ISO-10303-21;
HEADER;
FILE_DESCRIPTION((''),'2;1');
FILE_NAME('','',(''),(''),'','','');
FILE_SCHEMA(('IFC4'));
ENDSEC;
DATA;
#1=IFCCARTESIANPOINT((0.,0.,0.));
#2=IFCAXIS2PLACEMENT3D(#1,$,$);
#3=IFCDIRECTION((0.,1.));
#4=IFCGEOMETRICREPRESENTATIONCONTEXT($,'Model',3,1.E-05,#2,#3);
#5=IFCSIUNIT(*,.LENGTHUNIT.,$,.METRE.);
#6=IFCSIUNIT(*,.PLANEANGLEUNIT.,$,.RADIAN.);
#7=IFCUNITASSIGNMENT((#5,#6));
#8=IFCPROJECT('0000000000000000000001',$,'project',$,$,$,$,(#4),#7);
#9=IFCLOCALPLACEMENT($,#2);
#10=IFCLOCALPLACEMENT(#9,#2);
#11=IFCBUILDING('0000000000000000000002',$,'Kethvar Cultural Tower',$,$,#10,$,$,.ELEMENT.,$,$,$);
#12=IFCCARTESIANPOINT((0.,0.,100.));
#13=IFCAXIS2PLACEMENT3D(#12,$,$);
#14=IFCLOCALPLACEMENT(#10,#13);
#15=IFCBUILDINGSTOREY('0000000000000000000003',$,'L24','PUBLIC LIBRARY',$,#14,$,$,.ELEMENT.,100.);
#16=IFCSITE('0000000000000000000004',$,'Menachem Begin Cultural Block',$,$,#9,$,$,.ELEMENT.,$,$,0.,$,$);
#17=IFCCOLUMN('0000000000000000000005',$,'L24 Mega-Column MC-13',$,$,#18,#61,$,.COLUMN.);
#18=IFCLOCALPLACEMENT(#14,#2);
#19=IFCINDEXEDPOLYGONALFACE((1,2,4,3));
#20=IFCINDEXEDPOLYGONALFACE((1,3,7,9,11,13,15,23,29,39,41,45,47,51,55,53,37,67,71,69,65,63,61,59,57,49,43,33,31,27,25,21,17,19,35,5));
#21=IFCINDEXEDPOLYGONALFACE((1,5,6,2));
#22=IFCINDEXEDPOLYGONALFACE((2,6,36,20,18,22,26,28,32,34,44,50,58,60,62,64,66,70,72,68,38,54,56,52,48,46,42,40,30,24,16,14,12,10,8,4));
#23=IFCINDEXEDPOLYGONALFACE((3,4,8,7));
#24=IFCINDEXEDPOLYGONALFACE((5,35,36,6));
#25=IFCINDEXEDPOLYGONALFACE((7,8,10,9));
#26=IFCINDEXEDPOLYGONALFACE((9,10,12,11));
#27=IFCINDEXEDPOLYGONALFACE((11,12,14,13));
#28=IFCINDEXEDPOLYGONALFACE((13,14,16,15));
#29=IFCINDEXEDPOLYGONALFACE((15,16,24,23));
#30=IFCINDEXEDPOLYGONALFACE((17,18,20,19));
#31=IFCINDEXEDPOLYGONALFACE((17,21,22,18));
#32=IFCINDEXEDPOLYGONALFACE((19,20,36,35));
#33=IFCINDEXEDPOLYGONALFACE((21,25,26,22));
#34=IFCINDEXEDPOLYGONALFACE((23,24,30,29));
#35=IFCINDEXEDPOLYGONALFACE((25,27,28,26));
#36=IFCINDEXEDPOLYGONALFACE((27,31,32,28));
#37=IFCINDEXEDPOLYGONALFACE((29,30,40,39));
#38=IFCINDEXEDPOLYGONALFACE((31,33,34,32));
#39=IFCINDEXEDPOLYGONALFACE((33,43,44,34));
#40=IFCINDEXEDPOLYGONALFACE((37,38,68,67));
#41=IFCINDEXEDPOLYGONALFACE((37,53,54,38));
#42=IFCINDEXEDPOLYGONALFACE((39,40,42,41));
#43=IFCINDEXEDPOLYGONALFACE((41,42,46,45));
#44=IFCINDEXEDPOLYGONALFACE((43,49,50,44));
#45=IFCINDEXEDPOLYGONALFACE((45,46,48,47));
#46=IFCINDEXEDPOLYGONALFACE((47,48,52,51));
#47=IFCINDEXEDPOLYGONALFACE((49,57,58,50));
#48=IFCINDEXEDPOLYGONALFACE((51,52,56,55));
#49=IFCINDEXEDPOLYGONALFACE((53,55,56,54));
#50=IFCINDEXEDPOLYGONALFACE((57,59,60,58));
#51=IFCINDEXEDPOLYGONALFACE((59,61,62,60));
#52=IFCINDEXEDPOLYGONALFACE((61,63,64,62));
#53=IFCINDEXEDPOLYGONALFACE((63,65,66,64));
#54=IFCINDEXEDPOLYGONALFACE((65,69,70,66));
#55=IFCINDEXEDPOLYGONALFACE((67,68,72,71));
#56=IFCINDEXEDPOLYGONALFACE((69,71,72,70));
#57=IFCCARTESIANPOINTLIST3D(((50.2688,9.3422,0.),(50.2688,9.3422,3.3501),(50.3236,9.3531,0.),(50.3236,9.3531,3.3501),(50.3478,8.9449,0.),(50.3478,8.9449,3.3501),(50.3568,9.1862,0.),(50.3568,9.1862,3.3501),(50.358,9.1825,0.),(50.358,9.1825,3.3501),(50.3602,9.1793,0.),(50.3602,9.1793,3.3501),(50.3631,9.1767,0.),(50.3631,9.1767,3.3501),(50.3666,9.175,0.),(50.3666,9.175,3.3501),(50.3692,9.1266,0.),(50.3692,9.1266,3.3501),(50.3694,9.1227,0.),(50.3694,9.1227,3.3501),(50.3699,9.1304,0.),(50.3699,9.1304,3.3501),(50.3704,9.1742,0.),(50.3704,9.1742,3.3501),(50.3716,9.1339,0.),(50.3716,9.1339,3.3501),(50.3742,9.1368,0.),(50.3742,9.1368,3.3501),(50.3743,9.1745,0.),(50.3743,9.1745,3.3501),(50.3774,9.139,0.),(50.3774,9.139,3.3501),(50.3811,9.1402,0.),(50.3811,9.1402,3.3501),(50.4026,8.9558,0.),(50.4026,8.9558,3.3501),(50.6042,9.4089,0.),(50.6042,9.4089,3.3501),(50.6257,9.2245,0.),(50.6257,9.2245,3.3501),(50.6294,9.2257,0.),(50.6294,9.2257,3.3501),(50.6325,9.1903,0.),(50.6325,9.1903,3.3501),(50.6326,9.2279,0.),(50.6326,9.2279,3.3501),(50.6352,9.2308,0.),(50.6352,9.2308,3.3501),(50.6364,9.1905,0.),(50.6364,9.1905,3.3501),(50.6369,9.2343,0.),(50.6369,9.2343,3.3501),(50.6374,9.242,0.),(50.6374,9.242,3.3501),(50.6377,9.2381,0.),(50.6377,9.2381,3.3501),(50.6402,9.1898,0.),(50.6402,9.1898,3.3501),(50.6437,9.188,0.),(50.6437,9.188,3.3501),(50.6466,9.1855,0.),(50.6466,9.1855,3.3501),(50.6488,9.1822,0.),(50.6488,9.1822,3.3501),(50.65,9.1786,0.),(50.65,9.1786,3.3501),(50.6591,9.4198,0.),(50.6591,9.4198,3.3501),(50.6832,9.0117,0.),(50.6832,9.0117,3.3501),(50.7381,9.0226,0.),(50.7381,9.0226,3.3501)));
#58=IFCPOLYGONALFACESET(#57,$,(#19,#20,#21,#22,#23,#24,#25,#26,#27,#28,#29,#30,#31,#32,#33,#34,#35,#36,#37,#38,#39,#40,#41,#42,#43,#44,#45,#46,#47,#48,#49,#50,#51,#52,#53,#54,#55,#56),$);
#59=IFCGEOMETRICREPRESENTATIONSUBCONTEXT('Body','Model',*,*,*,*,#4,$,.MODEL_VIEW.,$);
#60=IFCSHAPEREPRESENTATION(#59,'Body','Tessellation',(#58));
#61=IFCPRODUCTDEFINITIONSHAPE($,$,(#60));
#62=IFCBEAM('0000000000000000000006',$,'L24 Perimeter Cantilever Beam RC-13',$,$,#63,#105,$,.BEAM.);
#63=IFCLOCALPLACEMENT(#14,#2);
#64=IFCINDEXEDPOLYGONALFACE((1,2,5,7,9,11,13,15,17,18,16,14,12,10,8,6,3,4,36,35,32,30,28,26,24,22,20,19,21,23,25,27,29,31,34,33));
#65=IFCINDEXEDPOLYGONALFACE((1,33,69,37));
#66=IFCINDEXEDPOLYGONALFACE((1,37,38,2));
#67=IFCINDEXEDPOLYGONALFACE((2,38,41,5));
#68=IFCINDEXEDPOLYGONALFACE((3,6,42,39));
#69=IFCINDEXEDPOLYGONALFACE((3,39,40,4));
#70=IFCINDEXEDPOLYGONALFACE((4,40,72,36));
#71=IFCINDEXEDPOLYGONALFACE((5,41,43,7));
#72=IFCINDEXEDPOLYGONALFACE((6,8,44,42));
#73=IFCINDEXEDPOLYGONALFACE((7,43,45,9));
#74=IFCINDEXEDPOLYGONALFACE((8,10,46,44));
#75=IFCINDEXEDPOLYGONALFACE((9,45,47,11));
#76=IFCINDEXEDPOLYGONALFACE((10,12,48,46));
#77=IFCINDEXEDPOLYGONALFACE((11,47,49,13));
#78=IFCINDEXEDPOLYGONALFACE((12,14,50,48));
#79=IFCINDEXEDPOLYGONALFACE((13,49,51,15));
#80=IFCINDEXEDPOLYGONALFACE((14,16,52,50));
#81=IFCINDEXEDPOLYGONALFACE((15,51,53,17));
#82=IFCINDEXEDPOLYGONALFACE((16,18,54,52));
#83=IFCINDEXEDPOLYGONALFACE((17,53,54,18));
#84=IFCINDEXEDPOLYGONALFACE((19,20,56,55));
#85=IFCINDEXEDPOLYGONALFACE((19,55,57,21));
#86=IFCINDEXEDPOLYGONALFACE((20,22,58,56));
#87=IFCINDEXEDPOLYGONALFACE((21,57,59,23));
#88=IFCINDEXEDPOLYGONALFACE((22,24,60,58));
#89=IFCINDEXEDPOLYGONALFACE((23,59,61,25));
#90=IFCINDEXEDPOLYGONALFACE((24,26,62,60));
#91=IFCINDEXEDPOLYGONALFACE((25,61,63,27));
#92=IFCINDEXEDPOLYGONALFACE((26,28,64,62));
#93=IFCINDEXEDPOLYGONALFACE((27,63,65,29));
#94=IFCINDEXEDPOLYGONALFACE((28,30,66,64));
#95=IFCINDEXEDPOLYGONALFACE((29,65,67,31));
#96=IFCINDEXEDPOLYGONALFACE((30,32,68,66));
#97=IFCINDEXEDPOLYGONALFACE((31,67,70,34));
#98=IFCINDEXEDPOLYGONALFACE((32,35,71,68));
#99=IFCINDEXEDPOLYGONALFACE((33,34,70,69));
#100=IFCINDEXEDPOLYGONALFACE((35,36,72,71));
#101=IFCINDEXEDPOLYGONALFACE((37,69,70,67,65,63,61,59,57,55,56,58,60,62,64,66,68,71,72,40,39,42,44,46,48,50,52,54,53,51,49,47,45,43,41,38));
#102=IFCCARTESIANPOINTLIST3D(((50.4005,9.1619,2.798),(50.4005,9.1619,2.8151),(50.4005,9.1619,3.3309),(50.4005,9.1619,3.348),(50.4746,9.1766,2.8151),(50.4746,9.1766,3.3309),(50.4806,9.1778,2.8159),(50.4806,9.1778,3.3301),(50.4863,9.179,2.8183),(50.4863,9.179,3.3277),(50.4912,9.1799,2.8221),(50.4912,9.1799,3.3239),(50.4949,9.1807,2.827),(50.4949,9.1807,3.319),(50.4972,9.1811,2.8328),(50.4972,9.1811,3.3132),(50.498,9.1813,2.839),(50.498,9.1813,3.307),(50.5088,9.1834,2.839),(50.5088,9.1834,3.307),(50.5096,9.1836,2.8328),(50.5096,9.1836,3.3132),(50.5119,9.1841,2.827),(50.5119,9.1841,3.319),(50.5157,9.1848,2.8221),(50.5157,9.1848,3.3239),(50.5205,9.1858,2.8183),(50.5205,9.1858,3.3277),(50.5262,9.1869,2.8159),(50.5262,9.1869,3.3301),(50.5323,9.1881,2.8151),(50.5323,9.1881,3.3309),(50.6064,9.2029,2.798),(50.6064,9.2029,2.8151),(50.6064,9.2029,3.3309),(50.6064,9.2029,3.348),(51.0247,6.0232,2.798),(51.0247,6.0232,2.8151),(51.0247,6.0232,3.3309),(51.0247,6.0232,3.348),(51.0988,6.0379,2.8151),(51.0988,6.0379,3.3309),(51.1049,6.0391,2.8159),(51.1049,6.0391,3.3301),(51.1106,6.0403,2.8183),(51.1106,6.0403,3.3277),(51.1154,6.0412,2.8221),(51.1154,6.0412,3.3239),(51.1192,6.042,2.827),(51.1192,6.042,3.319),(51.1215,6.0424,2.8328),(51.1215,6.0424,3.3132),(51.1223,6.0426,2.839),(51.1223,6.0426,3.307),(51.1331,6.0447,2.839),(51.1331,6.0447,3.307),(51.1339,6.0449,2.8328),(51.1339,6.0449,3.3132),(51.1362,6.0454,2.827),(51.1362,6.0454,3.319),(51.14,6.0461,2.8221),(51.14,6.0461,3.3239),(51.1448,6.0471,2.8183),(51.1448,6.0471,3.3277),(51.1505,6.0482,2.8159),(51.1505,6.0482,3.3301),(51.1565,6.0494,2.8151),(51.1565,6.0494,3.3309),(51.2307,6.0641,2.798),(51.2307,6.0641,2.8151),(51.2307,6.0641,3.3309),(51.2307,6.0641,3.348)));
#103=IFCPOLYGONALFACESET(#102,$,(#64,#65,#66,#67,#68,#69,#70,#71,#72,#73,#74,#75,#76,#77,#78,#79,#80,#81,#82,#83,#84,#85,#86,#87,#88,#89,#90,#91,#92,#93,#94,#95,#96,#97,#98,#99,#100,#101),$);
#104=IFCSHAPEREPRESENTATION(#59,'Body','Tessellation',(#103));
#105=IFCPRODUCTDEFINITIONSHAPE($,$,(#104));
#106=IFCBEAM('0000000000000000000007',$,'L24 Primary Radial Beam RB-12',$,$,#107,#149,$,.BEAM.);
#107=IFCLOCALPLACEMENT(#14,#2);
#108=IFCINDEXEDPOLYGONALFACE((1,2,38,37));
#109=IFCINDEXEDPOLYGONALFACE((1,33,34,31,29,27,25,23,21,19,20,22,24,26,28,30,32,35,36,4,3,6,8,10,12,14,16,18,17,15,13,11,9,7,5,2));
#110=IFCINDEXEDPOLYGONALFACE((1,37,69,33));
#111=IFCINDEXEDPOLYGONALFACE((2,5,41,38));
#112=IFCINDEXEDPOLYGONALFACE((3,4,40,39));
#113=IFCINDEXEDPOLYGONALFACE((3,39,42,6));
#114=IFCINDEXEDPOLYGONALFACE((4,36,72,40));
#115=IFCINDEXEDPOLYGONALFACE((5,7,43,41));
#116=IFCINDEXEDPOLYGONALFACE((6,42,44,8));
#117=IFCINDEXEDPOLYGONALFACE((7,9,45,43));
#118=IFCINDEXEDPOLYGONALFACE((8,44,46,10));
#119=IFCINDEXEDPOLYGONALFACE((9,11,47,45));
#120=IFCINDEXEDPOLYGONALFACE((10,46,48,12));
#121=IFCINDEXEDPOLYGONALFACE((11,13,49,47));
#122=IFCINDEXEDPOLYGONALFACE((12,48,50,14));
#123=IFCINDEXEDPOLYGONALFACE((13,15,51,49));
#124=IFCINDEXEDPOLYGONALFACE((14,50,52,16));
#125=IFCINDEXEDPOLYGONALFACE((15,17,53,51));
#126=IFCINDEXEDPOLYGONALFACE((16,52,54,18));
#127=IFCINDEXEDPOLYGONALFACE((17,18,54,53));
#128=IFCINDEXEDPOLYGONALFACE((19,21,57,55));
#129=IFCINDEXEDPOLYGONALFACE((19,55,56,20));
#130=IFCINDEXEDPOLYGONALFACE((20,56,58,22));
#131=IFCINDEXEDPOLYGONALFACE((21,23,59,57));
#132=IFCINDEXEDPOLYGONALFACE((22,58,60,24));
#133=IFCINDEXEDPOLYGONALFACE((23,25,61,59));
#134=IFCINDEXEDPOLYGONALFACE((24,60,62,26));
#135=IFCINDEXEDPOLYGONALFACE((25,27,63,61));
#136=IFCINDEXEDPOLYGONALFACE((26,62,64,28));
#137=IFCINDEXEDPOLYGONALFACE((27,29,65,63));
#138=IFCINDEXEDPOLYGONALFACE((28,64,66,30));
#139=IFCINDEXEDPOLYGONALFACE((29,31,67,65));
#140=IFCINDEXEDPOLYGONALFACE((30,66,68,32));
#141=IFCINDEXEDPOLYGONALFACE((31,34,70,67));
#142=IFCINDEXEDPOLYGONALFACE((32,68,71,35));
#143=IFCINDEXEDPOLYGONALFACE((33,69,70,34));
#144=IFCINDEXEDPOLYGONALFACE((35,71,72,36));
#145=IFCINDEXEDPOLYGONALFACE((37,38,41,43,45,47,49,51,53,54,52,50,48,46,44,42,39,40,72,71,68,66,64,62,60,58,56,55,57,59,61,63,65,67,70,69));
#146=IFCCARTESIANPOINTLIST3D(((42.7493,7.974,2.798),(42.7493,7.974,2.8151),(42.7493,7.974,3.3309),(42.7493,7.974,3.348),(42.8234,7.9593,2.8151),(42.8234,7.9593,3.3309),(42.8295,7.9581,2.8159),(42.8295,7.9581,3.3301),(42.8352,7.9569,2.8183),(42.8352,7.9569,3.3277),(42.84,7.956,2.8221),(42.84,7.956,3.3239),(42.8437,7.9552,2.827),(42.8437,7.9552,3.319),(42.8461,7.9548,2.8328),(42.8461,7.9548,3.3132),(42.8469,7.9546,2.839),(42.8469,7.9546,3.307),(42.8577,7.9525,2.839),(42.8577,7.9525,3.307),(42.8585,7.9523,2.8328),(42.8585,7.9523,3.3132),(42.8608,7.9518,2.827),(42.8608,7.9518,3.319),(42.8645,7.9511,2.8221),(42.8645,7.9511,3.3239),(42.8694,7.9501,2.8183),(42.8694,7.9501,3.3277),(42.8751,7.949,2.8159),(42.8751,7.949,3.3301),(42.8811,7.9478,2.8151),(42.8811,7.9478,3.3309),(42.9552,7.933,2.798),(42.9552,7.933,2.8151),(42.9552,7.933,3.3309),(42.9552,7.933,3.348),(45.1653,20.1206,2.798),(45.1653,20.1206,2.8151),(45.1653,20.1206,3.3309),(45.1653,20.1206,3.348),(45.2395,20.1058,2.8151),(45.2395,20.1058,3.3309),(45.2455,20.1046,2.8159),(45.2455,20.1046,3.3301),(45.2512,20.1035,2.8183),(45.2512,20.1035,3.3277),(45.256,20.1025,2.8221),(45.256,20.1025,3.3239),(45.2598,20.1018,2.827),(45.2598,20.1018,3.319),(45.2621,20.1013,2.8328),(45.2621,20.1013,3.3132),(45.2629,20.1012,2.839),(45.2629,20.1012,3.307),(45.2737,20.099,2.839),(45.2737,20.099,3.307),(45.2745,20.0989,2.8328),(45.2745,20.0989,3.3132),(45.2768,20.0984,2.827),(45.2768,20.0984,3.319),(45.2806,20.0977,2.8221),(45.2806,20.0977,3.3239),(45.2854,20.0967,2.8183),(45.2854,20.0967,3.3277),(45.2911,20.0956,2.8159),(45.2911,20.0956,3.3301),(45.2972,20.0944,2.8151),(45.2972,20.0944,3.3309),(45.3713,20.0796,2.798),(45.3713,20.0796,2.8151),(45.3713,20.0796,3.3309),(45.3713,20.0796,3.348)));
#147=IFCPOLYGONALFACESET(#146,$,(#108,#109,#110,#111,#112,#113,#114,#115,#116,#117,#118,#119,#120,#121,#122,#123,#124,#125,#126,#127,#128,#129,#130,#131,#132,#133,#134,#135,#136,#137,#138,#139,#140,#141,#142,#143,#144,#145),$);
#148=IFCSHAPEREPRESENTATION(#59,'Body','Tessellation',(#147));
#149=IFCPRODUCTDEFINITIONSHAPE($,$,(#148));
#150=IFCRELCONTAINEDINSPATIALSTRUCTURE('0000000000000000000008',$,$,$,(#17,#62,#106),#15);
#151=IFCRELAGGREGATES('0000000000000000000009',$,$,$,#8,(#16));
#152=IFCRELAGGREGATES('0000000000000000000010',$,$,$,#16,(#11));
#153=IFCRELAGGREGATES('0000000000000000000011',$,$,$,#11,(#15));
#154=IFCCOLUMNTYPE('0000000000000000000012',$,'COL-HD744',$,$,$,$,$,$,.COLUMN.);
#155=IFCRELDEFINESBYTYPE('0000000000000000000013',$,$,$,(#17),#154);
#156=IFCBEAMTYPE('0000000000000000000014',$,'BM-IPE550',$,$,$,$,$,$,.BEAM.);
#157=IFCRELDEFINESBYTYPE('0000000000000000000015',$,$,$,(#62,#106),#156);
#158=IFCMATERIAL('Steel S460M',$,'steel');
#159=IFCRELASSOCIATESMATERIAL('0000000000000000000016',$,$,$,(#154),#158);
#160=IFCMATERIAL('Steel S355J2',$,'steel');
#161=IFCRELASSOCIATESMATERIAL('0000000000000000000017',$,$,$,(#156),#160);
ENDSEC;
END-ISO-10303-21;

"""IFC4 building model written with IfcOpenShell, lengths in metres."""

from ifc_helpers import new_model, si_unit, direction, frame, origin, origin_2d, place, context, subcontext, project, spatial, i_section, extrude, source, transform, mapped, material, material_profile, profile_set, type_object, element, save


model = new_model("IFC4")

# Units and contexts
model_context = context("Model", 3, precision=1e-05, world=origin(), true_north=direction((0.0, 1.0)))
body_context = subcontext(model_context, "Body", "Model", "MODEL_VIEW")
ifc_project = project(units=[si_unit("LENGTHUNIT", "METRE"), si_unit("PLANEANGLEUNIT", "RADIAN")], contexts=[model_context])

# Site, building, storey
site_placement = place(None, origin())
site = spatial("IfcSite", under=ifc_project, at=site_placement, Name="Menachem Begin Cultural Block", CompositionType="ELEMENT", RefElevation=0.0)
building_placement = place(site_placement, origin())
building = spatial("IfcBuilding", under=site, at=building_placement, Name="Kethvar Cultural Tower", CompositionType="ELEMENT")
storey_placement = place(building_placement, frame((0.0, 0.0, 100.0)))
storey = spatial("IfcBuildingStorey", under=building, at=storey_placement, Name="L24", Description="PUBLIC LIBRARY", CompositionType="ELEMENT", Elevation=100.0)

# Column
ifc_material_1 = material(Name="Steel S460M", Category="steel")
ifc_material_profile_1 = material_profile(ifc_material_1, i_section(OverallWidth=0.405, OverallDepth=0.3979, WebThickness=0.0349, FlangeThickness=0.0559, FilletRadius=0.0149, at=origin_2d()), Name="Steel S460M — HD400x744")
ifc_profile_set_1 = profile_set([ifc_material_profile_1], Name="Steel S460M — HD400x744")
column_type = type_object("IfcColumnType", Name="COL-HD744", PredefinedType="COLUMN", material=ifc_profile_set_1)
shared_shape_1 = source(origin(), body_context, "Body", "SweptSolid", [
    extrude(i_section(OverallWidth=0.405, OverallDepth=0.3979, WebThickness=0.0349, FlangeThickness=0.0559, FilletRadius=0.0149, at=origin_2d()), origin(), (0.0, 0.0, 1.0), 3.3501),
])
column_placement = place(storey_placement, frame((50.5034, 9.1824, 0.0), z_axis=(0.0, 0.0, 1.0), x_axis=(0.19509, -0.980785, 0.0)))
element("IfcColumn", 1, at=column_placement, inside=storey, type_object=column_type, Name="L24 Mega-Column MC-13", PredefinedType="COLUMN", context=body_context, shape_type="MappedRepresentation", body=[
    mapped(shared_shape_1, transform((0.0, 0.0, 0.0), scale=1.0)),
])

# Beams
ifc_material_2 = material(Name="Steel S355J2", Category="steel")
ifc_material_profile_2 = material_profile(ifc_material_2, i_section(OverallWidth=0.21, OverallDepth=0.55, WebThickness=0.011, FlangeThickness=0.0171, FilletRadius=0.0239, at=origin_2d()), Name="Steel S355J2 — IPE550")
ifc_profile_set_2 = profile_set([ifc_material_profile_2], Name="Steel S355J2 — IPE550")
beam_type_1 = type_object("IfcBeamType", Name="BM-IPE550", PredefinedType="BEAM", material=ifc_profile_set_2)
shared_shape_2 = source(origin(), body_context, "Body", "SweptSolid", [
    extrude(i_section(OverallWidth=0.21, OverallDepth=0.55, WebThickness=0.011, FlangeThickness=0.0171, FilletRadius=0.0239, at=origin_2d()), origin(), (0.0, 0.0, 1.0), 3.2002),
])
beam_1_placement = place(storey_placement, frame((50.5034, 9.1824, 3.073), z_axis=(0.195074, -0.980788, 0.0), x_axis=(0.980788, 0.195074, 0.0)))
element("IfcBeam", 2, at=beam_1_placement, inside=storey, type_object=beam_type_1, Name="L24 Perimeter Cantilever Beam RC-13", PredefinedType="BEAM", context=body_context, shape_type="MappedRepresentation", body=[
    mapped(shared_shape_2, transform((0.0, 0.0, 0.0), scale=1.0)),
])
shared_shape_3 = source(origin(), body_context, "Body", "SweptSolid", [
    extrude(i_section(OverallWidth=0.21, OverallDepth=0.55, WebThickness=0.011, FlangeThickness=0.0171, FilletRadius=0.0239, at=origin_2d()), origin(), (0.0, 0.0, 1.0), 12.3845),
])
beam_2_placement = place(storey_placement, frame((45.2683, 20.1001, 3.073), z_axis=(-0.195085, -0.980786, 0.0), x_axis=(0.980786, -0.195085, 0.0)))
element("IfcBeam", 3, at=beam_2_placement, inside=storey, type_object=beam_type_1, Name="L24 Primary Radial Beam RB-12", PredefinedType="BEAM", context=body_context, shape_type="MappedRepresentation", body=[
    mapped(shared_shape_3, transform((0.0, 0.0, 0.0), scale=1.0)),
])

save(model, "model.ifc")
